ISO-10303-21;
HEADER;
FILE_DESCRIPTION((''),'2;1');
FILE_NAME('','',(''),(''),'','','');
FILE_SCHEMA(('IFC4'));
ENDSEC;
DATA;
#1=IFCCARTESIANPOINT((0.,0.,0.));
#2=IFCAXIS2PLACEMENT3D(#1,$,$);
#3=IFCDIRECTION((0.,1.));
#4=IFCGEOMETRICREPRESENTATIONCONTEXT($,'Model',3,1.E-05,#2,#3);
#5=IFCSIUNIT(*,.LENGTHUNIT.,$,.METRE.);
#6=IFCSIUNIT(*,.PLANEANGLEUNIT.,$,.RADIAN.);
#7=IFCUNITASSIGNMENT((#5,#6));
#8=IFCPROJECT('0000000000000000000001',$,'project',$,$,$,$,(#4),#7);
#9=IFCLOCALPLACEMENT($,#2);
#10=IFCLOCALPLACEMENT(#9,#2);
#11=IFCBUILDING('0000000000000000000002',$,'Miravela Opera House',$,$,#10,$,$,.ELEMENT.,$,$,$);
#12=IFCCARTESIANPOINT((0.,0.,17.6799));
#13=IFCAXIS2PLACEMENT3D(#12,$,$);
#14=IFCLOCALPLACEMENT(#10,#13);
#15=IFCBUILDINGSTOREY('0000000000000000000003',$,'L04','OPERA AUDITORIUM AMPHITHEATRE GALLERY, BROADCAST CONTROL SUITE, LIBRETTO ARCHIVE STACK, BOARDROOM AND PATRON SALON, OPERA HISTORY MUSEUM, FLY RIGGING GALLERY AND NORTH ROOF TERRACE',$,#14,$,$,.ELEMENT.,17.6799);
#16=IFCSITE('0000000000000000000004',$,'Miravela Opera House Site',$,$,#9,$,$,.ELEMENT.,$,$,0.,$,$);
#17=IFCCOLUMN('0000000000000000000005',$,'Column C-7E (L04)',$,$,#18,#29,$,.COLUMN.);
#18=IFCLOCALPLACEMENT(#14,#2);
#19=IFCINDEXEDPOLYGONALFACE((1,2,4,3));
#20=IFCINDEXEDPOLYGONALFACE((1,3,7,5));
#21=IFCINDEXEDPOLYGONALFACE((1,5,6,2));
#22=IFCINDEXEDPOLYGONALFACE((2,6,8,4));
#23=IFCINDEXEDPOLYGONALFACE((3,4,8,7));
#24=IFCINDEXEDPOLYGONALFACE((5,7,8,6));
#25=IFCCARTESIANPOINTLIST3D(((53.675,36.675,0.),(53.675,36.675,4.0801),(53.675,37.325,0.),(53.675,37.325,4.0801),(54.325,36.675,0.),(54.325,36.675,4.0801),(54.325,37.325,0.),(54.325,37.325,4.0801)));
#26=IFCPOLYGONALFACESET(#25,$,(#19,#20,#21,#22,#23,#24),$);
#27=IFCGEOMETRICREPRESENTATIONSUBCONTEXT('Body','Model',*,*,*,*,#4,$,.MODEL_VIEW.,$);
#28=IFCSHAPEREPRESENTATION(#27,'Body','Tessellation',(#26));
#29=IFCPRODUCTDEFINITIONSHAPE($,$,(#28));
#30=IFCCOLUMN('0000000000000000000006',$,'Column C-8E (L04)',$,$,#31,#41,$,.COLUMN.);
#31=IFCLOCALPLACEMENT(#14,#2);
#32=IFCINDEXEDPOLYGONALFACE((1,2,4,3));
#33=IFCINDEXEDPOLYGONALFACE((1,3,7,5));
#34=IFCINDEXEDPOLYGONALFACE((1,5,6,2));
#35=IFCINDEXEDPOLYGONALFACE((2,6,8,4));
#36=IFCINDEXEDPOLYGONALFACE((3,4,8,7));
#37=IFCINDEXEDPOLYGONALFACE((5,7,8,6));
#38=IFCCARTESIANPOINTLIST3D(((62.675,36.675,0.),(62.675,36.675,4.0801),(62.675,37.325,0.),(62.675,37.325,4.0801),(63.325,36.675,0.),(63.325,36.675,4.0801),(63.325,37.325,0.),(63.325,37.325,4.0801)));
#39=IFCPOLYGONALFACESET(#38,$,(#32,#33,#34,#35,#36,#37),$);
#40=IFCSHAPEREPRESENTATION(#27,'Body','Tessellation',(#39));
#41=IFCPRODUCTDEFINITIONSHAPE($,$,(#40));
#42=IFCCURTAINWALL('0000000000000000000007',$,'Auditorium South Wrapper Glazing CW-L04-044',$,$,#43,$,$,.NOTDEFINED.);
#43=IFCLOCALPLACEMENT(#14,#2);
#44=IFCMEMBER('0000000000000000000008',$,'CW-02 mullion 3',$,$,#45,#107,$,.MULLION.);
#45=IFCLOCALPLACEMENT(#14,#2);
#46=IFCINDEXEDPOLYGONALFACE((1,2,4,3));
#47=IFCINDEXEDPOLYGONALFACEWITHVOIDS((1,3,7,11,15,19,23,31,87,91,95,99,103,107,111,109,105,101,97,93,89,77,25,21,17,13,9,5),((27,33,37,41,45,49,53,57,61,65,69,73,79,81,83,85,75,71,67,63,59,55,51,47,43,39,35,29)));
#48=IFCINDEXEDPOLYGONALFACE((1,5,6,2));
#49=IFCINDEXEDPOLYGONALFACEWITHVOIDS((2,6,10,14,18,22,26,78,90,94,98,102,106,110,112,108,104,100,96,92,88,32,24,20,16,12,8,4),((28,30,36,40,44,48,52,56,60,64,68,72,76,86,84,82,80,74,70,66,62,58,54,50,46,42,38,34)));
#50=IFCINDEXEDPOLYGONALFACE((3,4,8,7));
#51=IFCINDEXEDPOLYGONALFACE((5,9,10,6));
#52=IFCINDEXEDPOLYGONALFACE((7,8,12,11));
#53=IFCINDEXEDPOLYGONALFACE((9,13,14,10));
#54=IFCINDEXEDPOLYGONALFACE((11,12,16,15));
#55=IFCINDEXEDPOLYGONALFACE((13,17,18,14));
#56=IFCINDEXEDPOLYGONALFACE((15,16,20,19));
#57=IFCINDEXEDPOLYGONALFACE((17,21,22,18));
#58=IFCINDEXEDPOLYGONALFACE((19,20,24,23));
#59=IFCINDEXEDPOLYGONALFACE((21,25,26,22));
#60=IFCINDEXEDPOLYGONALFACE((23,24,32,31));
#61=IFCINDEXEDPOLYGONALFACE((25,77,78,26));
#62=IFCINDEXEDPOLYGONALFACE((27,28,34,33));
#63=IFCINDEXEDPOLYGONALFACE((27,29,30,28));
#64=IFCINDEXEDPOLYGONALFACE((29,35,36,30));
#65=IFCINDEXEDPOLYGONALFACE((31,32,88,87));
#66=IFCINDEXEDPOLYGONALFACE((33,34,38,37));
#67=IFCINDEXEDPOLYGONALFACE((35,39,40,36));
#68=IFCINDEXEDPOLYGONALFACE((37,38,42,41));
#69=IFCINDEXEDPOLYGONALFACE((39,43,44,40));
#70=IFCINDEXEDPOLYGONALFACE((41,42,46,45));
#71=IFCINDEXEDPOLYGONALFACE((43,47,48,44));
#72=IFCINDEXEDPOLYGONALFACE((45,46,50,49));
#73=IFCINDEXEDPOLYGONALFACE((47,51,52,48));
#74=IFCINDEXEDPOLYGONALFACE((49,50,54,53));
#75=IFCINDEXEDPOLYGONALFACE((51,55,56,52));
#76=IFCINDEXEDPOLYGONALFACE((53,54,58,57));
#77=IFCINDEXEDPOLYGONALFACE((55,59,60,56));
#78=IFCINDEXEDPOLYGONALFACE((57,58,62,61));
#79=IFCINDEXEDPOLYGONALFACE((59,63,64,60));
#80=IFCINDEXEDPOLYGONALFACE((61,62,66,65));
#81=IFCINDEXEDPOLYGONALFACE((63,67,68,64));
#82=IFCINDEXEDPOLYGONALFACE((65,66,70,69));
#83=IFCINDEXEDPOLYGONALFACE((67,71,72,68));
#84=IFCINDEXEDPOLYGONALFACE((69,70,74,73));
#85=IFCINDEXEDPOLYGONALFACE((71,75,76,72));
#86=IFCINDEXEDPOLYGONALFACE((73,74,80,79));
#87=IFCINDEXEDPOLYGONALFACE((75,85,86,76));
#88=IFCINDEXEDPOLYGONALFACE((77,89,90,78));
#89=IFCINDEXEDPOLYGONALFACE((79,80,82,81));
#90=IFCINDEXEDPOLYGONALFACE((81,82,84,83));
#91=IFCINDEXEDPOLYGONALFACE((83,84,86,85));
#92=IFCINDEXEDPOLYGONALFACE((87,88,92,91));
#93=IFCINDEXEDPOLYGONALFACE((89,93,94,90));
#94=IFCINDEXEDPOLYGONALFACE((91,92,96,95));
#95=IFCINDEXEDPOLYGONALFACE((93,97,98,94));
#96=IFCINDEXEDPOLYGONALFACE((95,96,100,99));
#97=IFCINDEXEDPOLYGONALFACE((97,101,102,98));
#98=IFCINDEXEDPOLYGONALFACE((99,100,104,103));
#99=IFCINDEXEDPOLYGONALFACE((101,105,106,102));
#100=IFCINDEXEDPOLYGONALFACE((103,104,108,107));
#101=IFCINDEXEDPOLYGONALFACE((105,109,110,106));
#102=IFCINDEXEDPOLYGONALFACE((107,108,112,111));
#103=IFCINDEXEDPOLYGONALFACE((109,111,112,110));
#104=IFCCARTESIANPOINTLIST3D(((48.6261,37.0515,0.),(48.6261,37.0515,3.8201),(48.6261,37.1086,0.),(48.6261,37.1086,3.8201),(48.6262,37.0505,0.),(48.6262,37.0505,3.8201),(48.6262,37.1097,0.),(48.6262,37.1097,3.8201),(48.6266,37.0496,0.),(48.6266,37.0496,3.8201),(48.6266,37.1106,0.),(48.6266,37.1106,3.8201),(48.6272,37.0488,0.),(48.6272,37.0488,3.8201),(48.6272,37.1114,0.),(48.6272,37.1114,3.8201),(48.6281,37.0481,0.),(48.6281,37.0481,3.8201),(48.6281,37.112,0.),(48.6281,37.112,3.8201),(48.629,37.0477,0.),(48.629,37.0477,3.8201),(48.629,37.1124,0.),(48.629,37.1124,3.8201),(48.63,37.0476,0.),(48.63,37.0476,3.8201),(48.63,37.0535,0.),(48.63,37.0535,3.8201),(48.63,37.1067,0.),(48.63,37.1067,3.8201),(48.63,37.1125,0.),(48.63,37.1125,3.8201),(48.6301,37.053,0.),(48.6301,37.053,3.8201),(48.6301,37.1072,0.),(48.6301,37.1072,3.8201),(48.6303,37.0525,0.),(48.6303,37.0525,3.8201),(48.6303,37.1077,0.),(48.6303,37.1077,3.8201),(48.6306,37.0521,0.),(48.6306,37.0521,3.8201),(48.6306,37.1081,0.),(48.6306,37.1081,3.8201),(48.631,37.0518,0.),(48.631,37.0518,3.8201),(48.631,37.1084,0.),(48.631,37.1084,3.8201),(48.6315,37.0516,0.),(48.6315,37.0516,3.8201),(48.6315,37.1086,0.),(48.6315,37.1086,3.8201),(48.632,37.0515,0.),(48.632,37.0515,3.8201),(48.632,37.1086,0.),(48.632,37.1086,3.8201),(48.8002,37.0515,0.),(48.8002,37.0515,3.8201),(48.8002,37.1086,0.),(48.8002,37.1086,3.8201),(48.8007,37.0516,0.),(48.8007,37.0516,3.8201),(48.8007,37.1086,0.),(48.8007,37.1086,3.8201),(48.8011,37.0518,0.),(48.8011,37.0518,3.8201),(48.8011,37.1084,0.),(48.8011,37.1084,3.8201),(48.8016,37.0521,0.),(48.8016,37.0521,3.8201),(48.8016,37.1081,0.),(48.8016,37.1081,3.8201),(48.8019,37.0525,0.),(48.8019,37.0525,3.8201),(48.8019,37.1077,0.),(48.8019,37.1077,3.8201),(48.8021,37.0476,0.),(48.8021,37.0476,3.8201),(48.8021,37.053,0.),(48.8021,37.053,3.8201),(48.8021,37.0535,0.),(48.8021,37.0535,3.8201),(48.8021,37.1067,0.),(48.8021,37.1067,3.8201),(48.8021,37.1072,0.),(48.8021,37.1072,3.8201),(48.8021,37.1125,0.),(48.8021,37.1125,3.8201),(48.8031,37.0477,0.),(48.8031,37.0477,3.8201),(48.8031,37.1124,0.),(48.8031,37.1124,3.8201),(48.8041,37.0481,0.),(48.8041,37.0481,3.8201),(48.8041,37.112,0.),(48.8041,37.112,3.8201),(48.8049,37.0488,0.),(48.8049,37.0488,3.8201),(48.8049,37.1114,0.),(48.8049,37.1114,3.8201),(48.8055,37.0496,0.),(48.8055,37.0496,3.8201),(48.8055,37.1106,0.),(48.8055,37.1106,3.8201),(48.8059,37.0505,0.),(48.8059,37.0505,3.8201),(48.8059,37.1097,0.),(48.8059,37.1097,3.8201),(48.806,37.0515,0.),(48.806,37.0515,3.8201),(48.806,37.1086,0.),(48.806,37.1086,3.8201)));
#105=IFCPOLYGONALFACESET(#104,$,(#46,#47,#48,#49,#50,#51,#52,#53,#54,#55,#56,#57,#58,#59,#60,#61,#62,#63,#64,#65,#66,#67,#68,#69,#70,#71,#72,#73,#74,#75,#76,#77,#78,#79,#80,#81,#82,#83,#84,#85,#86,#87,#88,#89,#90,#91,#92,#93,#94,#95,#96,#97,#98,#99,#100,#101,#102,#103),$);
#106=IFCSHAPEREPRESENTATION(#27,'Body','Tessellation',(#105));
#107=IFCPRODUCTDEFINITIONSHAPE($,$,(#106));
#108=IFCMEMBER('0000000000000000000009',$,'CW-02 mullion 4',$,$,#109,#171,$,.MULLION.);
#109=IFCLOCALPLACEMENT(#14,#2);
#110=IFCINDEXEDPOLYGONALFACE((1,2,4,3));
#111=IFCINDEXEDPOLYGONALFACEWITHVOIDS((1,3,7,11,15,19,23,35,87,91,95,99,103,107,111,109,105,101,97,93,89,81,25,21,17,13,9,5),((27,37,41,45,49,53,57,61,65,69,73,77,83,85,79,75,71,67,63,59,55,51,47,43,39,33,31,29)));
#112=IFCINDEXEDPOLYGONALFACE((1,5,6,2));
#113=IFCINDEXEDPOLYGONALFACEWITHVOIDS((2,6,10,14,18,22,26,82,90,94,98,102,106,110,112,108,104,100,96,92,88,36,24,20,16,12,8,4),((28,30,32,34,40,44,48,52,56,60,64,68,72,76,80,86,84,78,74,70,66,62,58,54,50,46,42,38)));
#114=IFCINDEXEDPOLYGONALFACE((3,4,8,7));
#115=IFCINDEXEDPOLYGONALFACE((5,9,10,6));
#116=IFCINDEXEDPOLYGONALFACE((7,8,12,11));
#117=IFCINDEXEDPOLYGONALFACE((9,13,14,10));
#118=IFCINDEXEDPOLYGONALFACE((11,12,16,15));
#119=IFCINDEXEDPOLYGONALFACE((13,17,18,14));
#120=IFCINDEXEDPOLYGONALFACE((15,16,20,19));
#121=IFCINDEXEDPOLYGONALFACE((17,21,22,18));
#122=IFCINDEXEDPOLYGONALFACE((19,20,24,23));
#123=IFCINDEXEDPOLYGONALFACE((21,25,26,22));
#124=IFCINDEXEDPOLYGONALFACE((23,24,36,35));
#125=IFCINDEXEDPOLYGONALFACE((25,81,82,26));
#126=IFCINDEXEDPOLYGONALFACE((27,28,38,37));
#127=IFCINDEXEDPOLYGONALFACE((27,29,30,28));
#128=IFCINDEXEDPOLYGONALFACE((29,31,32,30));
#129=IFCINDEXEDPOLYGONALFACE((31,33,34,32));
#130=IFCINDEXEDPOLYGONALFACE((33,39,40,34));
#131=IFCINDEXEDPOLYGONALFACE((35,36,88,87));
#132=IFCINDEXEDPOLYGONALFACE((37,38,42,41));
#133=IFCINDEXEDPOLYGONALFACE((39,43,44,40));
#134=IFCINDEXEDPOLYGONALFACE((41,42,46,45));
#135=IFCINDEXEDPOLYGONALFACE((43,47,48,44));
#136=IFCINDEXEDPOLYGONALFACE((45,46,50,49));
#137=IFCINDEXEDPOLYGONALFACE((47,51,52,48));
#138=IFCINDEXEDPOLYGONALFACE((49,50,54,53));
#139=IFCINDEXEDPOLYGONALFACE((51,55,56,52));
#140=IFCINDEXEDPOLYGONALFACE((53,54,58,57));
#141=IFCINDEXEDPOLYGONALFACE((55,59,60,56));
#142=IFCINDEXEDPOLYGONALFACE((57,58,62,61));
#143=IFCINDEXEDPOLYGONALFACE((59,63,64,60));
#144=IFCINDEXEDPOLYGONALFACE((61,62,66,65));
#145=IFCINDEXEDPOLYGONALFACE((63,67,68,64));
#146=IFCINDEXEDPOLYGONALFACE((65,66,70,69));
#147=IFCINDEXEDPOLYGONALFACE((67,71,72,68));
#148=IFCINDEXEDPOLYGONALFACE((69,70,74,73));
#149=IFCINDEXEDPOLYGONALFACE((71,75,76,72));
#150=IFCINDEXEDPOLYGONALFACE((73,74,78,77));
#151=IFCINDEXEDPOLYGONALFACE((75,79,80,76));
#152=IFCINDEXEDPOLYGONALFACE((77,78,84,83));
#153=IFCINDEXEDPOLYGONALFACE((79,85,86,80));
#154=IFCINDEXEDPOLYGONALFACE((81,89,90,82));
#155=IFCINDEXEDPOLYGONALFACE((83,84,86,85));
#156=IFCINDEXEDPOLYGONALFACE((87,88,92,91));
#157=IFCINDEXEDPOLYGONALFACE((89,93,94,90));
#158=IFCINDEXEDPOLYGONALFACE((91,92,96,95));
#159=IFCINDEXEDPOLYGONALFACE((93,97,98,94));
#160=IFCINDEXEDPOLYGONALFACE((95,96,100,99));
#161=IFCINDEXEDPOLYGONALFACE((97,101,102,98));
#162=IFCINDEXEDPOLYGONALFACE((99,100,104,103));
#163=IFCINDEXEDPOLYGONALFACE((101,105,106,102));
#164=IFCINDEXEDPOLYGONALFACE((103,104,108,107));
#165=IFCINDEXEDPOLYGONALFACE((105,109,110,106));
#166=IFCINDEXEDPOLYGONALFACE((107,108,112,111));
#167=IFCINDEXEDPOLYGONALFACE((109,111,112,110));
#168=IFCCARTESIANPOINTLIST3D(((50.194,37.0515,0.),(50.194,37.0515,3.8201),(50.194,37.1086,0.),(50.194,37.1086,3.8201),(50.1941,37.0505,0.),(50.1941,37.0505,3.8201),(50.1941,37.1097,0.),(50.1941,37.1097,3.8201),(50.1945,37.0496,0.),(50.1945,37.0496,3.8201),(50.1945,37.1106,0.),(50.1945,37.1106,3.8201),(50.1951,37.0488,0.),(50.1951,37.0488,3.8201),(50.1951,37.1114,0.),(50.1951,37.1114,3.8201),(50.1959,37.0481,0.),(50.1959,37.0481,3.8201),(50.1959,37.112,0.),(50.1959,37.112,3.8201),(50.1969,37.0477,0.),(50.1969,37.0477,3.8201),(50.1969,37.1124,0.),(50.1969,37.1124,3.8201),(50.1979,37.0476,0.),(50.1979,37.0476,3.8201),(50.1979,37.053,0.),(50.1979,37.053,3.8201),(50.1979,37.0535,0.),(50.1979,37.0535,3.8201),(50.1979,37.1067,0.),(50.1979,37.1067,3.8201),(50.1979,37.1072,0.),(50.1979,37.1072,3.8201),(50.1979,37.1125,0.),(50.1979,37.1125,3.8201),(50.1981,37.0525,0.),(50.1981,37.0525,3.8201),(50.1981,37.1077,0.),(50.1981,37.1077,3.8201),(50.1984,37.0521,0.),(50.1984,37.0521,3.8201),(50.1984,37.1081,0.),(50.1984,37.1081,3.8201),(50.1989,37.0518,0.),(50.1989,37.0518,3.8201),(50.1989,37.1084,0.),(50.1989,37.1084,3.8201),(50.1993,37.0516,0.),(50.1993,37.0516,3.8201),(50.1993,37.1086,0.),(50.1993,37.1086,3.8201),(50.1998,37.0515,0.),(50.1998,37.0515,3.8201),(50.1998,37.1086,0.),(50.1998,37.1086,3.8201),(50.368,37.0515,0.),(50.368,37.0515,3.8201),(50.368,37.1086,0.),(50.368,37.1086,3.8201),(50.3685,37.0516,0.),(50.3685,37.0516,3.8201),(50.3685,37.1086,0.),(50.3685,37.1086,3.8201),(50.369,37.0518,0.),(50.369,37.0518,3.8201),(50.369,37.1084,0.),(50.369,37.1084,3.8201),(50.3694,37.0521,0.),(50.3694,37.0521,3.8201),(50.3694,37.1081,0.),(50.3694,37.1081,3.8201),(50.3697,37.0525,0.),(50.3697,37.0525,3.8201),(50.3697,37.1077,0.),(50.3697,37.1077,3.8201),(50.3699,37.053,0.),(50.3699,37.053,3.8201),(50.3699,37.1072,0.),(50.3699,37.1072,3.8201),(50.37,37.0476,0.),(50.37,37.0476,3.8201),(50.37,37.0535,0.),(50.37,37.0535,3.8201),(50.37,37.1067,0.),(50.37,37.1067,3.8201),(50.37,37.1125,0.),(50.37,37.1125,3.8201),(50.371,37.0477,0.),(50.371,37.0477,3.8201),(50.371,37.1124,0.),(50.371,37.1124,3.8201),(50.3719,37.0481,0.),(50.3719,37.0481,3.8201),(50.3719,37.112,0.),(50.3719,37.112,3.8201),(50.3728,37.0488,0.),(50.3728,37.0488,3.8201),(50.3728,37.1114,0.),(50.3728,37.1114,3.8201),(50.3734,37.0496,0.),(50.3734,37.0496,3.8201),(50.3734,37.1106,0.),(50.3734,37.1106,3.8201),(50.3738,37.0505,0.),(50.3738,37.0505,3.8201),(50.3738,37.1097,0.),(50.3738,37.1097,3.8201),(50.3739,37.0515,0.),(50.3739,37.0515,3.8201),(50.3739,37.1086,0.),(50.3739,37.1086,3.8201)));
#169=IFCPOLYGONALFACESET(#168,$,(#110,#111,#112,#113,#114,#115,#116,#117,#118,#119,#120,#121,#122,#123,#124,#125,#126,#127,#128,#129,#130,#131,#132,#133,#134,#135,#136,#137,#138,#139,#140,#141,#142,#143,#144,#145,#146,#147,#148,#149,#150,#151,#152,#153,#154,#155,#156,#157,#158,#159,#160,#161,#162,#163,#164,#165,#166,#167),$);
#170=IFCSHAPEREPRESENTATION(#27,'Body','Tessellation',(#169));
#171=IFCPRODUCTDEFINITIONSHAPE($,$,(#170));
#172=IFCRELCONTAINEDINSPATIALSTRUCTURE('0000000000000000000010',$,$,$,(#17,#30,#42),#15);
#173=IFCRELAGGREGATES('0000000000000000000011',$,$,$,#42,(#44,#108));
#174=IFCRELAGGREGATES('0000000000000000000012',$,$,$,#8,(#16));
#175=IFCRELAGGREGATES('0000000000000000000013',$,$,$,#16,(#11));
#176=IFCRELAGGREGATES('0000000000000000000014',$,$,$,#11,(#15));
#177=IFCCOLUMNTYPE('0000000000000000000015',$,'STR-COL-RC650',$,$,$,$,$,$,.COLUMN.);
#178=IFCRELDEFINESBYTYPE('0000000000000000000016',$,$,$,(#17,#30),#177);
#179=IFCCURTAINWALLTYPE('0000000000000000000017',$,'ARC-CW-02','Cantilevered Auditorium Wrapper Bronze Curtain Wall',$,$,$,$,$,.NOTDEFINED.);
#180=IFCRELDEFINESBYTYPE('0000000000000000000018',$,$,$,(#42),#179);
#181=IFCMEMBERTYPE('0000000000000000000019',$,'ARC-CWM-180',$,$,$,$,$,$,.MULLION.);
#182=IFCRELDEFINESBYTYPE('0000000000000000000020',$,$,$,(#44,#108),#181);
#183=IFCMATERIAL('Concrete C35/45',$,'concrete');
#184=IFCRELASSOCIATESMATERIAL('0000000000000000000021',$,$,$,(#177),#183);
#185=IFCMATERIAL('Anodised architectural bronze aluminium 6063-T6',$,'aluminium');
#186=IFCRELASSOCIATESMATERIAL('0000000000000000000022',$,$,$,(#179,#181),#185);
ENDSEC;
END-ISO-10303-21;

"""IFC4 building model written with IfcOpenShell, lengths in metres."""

from ifc_helpers import new_model, si_unit, direction, frame, origin, origin_2d, place, context, subcontext, project, spatial, rectangle, hollow_rectangle, extrude, material, material_profile, profile_set, type_object, element, aggregate, save


model = new_model("IFC4")

# Units and contexts
model_context = context("Model", 3, precision=1e-05, world=origin(), true_north=direction((0.0, 1.0)))
body_context = subcontext(model_context, "Body", "Model", "MODEL_VIEW")
ifc_project = project(units=[si_unit("LENGTHUNIT", "METRE"), si_unit("PLANEANGLEUNIT", "RADIAN")], contexts=[model_context])

# Site, building, storey
site_placement = place(None, origin())
site = spatial("IfcSite", under=ifc_project, at=site_placement, Name="Miravela Opera House Site", CompositionType="ELEMENT", RefElevation=0.0)
building_placement = place(site_placement, origin())
building = spatial("IfcBuilding", under=site, at=building_placement, Name="Miravela Opera House", CompositionType="ELEMENT")
storey_placement = place(building_placement, frame((0.0, 0.0, 17.6799)))
storey = spatial("IfcBuildingStorey", under=building, at=storey_placement, Name="L04", Description="OPERA AUDITORIUM AMPHITHEATRE GALLERY, BROADCAST CONTROL SUITE, LIBRETTO ARCHIVE STACK, BOARDROOM AND PATRON SALON, OPERA HISTORY MUSEUM, FLY RIGGING GALLERY AND NORTH ROOF TERRACE", CompositionType="ELEMENT", Elevation=17.6799)

# Columns
ifc_material_1 = material(Name="Concrete C35/45", Category="concrete")
ifc_material_profile_1 = material_profile(ifc_material_1, rectangle(XDim=0.6499, YDim=0.6499, at=origin_2d()), Name="RC-COL-650X650")
ifc_profile_set_1 = profile_set([ifc_material_profile_1])
column_type = type_object("IfcColumnType", Name="STR-COL-RC650", PredefinedType="COLUMN", material=ifc_profile_set_1)
for number, where, z_axis, x_axis, name in (
    (1, (54.0, 37.0, 0.0), (0.0, 0.0, 1.0), (1.0, 0.0, 0.0), "Column C-7E (L04)"),
    (2, (63.0, 37.0, 0.0), (0.0, 0.0, 1.0), (1.0, 0.0, 0.0), "Column C-8E (L04)"),
):
    element("IfcColumn", number, at=place(storey_placement, frame(where, z_axis=z_axis, x_axis=x_axis)), inside=storey, type_object=column_type, Name=name, PredefinedType="COLUMN", context=body_context, shape_type="SweptSolid", body=[
        extrude(rectangle(XDim=0.6499, YDim=0.6499, at=origin_2d()), origin(), (0.0, 0.0, 1.0), 4.0801),
    ])

# Curtain wall, members
ifc_material_2 = material(Name="Anodised architectural bronze aluminium 6063-T6", Category="aluminium")
curtain_wall_type = type_object("IfcCurtainWallType", Name="ARC-CW-02", Description="Cantilevered Auditorium Wrapper Bronze Curtain Wall", PredefinedType="NOTDEFINED", material=ifc_material_2)
curtain_wall_placement = place(storey_placement, origin())
curtain_wall = element("IfcCurtainWall", 3, at=curtain_wall_placement, inside=storey, type_object=curtain_wall_type, Name="Auditorium South Wrapper Glazing CW-L04-044", PredefinedType="NOTDEFINED")
ifc_material_profile_2 = material_profile(ifc_material_2, hollow_rectangle(XDim=0.0649, YDim=0.1799, WallThickness=0.0039, InnerFilletRadius=0.002, OuterFilletRadius=0.0039, at=origin_2d()), Name="CWM-65X180")
ifc_profile_set_2 = profile_set([ifc_material_profile_2])
member_type_1 = type_object("IfcMemberType", Name="ARC-CWM-180", PredefinedType="MULLION", material=ifc_profile_set_2)
member_1_placement = place(storey_placement, frame((48.7161, 37.0801, 0.0), z_axis=(0.0, 0.0, 1.0), x_axis=(0.0, 1.0, 0.0)))
member_1 = element("IfcMember", 4, at=member_1_placement, type_object=member_type_1, Name="CW-02 mullion 3", PredefinedType="MULLION", context=body_context, shape_type="SweptSolid", body=[
    extrude(hollow_rectangle(XDim=0.0649, YDim=0.1799, WallThickness=0.0039, InnerFilletRadius=0.002, OuterFilletRadius=0.0039, at=origin_2d()), origin(), (0.0, 0.0, 1.0), 3.8201),
])
member_2_placement = place(storey_placement, frame((50.2839, 37.0801, 0.0), z_axis=(0.0, 0.0, 1.0), x_axis=(0.0, 1.0, 0.0)))
member_2 = element("IfcMember", 5, at=member_2_placement, type_object=member_type_1, Name="CW-02 mullion 4", PredefinedType="MULLION", context=body_context, shape_type="SweptSolid", body=[
    extrude(hollow_rectangle(XDim=0.0649, YDim=0.1799, WallThickness=0.0039, InnerFilletRadius=0.002, OuterFilletRadius=0.0039, at=origin_2d()), origin(), (0.0, 0.0, 1.0), 3.8201),
])

aggregate(curtain_wall, [member_1, member_2])

save(model, "model.ifc")
